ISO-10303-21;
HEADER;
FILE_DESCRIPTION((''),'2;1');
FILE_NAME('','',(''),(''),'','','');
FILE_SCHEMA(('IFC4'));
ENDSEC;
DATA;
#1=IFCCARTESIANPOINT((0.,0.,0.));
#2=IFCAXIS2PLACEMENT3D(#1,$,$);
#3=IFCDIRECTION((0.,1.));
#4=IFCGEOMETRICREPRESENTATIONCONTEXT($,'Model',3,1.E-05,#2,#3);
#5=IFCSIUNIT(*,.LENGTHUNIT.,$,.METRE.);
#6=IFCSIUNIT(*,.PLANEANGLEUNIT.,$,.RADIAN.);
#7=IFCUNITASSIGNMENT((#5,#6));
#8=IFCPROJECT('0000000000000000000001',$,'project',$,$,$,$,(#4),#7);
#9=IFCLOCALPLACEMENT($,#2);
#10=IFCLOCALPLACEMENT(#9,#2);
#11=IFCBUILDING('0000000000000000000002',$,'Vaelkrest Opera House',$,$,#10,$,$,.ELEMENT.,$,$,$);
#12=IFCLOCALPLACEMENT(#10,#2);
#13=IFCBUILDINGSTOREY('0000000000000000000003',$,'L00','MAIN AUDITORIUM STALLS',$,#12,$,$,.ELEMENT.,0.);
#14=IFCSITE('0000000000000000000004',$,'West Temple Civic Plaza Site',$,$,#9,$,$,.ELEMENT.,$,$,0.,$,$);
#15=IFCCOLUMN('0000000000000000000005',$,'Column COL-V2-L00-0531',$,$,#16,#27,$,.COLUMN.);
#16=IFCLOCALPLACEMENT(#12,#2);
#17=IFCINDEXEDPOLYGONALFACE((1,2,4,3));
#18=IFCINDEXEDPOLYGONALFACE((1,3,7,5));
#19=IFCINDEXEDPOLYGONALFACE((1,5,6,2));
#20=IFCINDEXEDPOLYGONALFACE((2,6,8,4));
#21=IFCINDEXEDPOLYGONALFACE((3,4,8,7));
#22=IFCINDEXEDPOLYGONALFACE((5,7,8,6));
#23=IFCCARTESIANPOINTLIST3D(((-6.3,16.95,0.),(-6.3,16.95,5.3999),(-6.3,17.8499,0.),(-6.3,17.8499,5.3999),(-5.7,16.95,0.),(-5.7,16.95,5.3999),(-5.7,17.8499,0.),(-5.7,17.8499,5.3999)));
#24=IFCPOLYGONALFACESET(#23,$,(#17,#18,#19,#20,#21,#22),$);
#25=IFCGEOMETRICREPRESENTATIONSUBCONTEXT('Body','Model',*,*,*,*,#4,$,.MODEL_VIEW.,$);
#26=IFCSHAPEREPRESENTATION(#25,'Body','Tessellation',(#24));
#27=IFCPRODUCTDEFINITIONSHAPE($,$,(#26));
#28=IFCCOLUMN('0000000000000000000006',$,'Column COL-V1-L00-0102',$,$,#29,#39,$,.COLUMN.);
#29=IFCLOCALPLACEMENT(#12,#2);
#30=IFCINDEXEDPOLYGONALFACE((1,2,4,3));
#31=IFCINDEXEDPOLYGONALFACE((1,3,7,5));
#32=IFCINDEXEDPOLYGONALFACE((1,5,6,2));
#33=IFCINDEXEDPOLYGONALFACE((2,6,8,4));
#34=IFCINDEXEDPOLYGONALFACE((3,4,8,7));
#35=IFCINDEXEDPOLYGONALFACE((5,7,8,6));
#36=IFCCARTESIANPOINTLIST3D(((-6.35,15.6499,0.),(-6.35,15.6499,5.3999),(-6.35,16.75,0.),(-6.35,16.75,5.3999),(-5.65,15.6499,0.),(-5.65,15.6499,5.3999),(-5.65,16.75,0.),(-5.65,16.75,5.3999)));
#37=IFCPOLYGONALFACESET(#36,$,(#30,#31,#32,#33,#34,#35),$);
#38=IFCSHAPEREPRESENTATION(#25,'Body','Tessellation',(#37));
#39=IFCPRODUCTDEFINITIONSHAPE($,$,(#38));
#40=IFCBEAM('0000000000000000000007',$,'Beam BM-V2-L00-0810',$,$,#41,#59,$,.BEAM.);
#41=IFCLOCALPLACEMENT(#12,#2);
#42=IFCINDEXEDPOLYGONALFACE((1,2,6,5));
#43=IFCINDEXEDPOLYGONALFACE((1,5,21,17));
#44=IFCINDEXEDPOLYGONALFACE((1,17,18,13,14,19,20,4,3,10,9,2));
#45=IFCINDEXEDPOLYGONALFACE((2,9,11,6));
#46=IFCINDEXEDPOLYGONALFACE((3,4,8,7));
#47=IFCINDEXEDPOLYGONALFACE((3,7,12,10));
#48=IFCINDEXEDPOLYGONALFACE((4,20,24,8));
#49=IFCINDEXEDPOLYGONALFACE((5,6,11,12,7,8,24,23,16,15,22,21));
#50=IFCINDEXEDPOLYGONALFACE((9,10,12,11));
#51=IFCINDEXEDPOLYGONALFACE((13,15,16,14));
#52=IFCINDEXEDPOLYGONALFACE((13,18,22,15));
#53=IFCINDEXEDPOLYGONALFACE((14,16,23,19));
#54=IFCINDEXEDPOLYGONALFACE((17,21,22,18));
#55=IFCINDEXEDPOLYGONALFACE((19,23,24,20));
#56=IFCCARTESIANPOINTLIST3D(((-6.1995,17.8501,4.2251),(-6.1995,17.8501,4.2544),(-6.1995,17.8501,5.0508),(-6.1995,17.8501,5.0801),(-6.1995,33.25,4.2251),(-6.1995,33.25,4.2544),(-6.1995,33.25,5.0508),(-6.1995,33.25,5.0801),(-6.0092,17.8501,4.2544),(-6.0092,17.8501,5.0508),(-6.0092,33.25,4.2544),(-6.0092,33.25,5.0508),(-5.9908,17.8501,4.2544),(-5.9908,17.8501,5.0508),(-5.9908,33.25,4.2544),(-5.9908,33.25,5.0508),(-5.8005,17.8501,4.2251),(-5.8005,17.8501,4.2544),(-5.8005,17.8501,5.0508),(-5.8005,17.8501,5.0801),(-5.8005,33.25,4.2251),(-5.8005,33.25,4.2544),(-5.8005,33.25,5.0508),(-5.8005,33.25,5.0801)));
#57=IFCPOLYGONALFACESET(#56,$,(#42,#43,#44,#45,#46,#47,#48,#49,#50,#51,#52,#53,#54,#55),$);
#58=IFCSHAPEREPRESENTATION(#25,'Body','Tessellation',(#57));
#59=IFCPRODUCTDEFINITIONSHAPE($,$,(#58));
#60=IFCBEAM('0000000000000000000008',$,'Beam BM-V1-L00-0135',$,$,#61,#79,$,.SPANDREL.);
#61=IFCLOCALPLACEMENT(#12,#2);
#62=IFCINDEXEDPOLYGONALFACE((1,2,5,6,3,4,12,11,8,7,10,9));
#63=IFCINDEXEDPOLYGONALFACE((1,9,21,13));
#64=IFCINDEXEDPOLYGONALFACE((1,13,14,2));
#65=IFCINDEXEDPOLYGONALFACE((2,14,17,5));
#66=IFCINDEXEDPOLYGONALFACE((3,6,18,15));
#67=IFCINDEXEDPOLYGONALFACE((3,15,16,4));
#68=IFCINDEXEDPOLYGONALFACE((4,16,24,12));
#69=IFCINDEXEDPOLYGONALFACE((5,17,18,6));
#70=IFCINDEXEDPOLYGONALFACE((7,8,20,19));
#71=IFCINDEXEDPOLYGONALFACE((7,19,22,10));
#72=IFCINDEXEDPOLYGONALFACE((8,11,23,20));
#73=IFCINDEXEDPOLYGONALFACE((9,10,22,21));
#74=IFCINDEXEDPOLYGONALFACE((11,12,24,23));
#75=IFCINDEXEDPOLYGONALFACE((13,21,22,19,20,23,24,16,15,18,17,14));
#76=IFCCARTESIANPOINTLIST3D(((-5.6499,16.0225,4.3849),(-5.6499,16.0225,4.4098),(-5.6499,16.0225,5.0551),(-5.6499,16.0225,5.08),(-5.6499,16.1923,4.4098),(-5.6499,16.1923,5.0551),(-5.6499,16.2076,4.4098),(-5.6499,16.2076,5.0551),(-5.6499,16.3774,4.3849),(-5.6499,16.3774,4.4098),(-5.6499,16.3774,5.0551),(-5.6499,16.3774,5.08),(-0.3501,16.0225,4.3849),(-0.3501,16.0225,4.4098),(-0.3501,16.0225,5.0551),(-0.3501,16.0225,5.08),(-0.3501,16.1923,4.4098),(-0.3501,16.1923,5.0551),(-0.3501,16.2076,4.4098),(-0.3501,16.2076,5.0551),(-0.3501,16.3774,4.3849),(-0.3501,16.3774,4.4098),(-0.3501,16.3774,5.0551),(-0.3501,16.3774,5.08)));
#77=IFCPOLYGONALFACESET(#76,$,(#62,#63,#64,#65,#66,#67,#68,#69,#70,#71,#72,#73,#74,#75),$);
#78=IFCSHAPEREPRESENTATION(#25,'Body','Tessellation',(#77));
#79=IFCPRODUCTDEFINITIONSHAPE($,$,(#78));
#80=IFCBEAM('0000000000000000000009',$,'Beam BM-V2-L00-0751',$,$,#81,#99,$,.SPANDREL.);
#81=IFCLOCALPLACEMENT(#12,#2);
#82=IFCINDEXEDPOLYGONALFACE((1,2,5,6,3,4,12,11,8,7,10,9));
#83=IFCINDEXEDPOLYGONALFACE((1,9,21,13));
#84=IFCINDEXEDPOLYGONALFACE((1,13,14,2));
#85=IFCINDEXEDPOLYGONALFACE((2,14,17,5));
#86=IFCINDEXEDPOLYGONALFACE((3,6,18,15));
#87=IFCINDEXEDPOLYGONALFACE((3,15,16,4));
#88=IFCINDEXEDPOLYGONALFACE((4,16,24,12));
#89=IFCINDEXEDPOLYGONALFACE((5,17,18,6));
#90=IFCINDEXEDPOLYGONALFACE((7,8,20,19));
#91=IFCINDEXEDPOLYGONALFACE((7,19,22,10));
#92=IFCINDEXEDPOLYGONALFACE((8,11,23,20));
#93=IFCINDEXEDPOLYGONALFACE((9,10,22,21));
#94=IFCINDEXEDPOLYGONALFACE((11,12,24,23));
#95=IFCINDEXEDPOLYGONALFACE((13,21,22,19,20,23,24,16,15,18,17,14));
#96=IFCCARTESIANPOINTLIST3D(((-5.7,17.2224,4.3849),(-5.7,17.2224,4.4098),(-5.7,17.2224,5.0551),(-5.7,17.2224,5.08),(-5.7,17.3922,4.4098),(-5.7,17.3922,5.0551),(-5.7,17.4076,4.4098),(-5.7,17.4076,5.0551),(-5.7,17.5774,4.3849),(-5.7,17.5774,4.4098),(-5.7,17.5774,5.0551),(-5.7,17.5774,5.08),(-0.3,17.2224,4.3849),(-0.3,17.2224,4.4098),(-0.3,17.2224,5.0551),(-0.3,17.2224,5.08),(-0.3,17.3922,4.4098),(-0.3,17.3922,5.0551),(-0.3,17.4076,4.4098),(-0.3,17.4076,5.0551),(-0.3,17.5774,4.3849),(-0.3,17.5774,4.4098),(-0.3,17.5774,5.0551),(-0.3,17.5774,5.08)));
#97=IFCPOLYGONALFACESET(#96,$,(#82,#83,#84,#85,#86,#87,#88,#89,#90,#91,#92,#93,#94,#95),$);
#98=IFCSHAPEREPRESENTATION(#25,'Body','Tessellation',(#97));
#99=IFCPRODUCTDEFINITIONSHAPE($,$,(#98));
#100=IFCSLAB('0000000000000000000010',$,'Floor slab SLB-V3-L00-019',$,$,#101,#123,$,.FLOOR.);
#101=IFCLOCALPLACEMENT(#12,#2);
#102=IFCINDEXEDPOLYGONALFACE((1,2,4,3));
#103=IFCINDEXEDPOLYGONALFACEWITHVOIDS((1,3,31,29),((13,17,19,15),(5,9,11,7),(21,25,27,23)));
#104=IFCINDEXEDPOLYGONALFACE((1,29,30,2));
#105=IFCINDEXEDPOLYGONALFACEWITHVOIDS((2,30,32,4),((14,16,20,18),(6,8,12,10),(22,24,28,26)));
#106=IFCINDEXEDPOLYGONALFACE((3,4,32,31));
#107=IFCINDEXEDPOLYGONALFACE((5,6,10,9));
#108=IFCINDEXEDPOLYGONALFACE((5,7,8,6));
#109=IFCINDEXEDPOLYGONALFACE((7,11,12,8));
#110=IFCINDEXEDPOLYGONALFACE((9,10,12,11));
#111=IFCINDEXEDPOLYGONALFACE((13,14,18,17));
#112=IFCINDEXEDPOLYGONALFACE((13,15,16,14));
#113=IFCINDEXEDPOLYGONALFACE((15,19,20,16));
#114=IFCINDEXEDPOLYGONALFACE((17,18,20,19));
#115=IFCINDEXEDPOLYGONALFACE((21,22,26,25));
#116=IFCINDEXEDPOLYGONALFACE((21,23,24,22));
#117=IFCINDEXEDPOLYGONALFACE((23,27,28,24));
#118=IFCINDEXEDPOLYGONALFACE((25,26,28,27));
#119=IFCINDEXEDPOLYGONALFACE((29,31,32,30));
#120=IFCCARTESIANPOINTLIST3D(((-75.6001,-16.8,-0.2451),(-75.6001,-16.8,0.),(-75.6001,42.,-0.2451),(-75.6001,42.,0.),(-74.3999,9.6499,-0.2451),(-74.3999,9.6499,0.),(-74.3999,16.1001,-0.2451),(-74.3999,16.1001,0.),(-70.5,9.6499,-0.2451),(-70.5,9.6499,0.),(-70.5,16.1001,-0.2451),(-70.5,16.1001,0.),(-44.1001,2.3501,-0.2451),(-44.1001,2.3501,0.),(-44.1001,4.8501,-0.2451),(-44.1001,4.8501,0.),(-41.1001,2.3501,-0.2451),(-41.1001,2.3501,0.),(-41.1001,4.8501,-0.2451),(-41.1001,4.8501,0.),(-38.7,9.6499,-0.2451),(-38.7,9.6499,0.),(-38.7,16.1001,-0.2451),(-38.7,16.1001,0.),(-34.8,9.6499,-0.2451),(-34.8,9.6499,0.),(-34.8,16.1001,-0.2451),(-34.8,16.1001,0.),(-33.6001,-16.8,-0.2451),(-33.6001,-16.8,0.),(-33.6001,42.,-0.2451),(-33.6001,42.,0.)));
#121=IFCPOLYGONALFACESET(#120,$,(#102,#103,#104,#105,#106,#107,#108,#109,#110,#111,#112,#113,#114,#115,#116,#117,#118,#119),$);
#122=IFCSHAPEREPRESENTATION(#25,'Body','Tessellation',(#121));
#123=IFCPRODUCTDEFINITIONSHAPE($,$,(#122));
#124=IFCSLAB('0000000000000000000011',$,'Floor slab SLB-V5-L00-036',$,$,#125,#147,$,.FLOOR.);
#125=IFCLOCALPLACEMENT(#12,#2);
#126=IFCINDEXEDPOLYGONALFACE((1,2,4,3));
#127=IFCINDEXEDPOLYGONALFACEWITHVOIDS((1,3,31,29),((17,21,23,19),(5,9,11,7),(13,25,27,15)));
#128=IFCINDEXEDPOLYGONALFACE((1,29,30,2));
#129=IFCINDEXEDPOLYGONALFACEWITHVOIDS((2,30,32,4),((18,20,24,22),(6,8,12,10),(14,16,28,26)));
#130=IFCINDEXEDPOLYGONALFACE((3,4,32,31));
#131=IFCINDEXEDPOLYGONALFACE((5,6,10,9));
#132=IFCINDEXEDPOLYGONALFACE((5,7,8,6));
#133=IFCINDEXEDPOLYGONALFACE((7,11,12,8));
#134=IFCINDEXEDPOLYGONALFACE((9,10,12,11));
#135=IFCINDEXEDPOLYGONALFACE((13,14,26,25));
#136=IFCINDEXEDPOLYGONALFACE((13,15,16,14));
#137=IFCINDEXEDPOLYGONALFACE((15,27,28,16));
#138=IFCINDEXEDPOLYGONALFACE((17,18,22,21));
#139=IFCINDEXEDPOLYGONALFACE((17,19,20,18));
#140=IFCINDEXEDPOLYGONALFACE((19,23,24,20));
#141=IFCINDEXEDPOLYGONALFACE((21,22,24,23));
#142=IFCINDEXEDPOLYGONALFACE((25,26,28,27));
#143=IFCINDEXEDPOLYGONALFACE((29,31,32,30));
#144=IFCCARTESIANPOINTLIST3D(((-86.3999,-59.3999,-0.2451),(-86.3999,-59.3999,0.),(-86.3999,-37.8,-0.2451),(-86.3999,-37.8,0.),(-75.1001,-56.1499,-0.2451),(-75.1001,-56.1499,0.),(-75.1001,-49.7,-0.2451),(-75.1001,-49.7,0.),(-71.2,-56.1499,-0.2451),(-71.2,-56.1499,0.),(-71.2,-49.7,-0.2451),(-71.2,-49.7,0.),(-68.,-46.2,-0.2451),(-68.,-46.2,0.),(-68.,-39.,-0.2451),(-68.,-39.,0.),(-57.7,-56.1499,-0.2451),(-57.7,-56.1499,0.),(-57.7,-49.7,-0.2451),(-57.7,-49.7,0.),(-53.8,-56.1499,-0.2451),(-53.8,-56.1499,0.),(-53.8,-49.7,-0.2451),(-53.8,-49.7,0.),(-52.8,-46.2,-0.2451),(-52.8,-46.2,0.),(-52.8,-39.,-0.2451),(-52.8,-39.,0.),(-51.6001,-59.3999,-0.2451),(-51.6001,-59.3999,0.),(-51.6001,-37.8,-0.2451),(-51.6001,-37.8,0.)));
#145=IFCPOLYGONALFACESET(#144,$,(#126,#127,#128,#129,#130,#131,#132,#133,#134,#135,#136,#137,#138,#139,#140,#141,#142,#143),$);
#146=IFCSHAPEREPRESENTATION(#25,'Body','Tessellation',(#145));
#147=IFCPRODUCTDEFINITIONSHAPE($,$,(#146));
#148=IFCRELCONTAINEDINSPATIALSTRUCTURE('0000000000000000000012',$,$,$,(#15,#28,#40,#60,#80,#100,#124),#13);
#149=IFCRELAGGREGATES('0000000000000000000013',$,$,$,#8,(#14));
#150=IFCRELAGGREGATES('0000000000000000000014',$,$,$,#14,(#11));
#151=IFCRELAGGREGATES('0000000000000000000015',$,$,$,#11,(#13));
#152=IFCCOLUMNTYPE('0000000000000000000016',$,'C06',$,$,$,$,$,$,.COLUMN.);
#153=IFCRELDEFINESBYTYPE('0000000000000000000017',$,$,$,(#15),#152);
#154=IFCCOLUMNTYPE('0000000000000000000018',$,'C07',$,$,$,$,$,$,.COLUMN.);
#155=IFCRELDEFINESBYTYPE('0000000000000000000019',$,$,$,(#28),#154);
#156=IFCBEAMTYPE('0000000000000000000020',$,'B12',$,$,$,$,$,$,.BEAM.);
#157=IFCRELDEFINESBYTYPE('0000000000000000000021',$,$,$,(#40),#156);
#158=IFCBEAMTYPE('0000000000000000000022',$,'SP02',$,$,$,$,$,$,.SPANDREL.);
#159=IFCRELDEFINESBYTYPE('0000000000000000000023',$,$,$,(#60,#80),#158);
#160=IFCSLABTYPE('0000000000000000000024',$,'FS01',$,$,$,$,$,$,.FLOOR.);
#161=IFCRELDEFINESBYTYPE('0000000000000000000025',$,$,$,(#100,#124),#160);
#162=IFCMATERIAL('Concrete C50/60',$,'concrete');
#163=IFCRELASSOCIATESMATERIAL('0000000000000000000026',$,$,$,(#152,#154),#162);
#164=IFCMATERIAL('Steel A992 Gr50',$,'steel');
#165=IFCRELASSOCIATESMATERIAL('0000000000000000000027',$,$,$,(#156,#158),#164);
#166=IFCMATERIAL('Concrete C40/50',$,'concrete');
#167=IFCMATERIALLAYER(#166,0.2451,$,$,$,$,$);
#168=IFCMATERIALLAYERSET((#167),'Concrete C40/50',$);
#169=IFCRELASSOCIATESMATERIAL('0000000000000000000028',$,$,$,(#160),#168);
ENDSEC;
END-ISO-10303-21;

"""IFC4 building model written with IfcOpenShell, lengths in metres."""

from ifc_helpers import new_model, si_unit, direction, frame, origin, origin_2d, place, context, subcontext, project, spatial, polyline, rectangle, i_section, outline, extrude, material, layer, layer_set, material_profile, profile_set, type_object, element, save


model = new_model("IFC4")

# Units and contexts
model_context = context("Model", 3, precision=1e-05, world=origin(), true_north=direction((0.0, 1.0)))
body_context = subcontext(model_context, "Body", "Model", "MODEL_VIEW")
ifc_project = project(units=[si_unit("LENGTHUNIT", "METRE"), si_unit("PLANEANGLEUNIT", "RADIAN")], contexts=[model_context])

# Site, building, storey
site_placement = place(None, origin())
site = spatial("IfcSite", under=ifc_project, at=site_placement, Name="West Temple Civic Plaza Site", CompositionType="ELEMENT", RefElevation=0.0)
building_placement = place(site_placement, origin())
building = spatial("IfcBuilding", under=site, at=building_placement, Name="Vaelkrest Opera House", CompositionType="ELEMENT")
storey_placement = place(building_placement, origin())
storey = spatial("IfcBuildingStorey", under=building, at=storey_placement, Name="L00", Description="MAIN AUDITORIUM STALLS", CompositionType="ELEMENT", Elevation=0.0)

# Columns
ifc_material_1 = material(Name="Concrete C50/60", Category="concrete")
ifc_material_profile_1 = material_profile(ifc_material_1, rectangle(XDim=0.6001, YDim=0.8999, at=origin_2d()), Name="RC600X900")
ifc_profile_set_1 = profile_set([ifc_material_profile_1], Name="Concrete C50/60")
column_type_1 = type_object("IfcColumnType", Name="C06", PredefinedType="COLUMN", material=ifc_profile_set_1)
column_1_placement = place(storey_placement, frame((-6.0, 17.3999, 0.0), z_axis=(0.0, 0.0, 1.0), x_axis=(1.0, 0.0, 0.0)))
element("IfcColumn", 1, at=column_1_placement, inside=storey, type_object=column_type_1, Name="Column COL-V2-L00-0531", PredefinedType="COLUMN", context=body_context, shape_type="SweptSolid", body=[
    extrude(rectangle(XDim=0.6001, YDim=0.8999, at=origin_2d()), origin(), (0.0, 0.0, 1.0), 5.3999),
])
ifc_material_profile_2 = material_profile(ifc_material_1, rectangle(XDim=0.7, YDim=1.1001, at=origin_2d()), Name="RC700X1100")
ifc_profile_set_2 = profile_set([ifc_material_profile_2], Name="Concrete C50/60")
column_type_2 = type_object("IfcColumnType", Name="C07", PredefinedType="COLUMN", material=ifc_profile_set_2)
column_2_placement = place(storey_placement, frame((-6.0, 16.2, 0.0), z_axis=(0.0, 0.0, 1.0), x_axis=(1.0, 0.0, 0.0)))
element("IfcColumn", 2, at=column_2_placement, inside=storey, type_object=column_type_2, Name="Column COL-V1-L00-0102", PredefinedType="COLUMN", context=body_context, shape_type="SweptSolid", body=[
    extrude(rectangle(XDim=0.7, YDim=1.1001, at=origin_2d()), origin(), (0.0, 0.0, 1.0), 5.3999),
])

# Beams
ifc_material_2 = material(Name="Steel A992 Gr50", Category="steel")
ifc_material_profile_3 = material_profile(ifc_material_2, i_section(OverallWidth=0.3989, OverallDepth=0.855, WebThickness=0.0183, FlangeThickness=0.0293, at=origin_2d()), Name="W33X201")
ifc_profile_set_3 = profile_set([ifc_material_profile_3], Name="Steel A992 Gr50")
beam_type_1 = type_object("IfcBeamType", Name="B12", PredefinedType="BEAM", material=ifc_profile_set_3)
beam_1_placement = place(storey_placement, frame((-6.0, 17.8501, 4.6526), z_axis=(0.0, 1.0, 0.0), x_axis=(-1.0, 0.0, 0.0)))
element("IfcBeam", 3, at=beam_1_placement, inside=storey, type_object=beam_type_1, Name="Beam BM-V2-L00-0810", PredefinedType="BEAM", context=body_context, shape_type="SweptSolid", body=[
    extrude(i_section(OverallWidth=0.3989, OverallDepth=0.855, WebThickness=0.0183, FlangeThickness=0.0293, at=origin_2d()), origin(), (0.0, 0.0, 1.0), 15.3999),
])
ifc_material_profile_4 = material_profile(ifc_material_2, i_section(OverallWidth=0.355, OverallDepth=0.6951, WebThickness=0.0154, FlangeThickness=0.0249, at=origin_2d()), Name="W27X146")
ifc_profile_set_4 = profile_set([ifc_material_profile_4], Name="Steel A992 Gr50")
beam_type_2 = type_object("IfcBeamType", Name="SP02", PredefinedType="SPANDREL", material=ifc_profile_set_4)
beam_2_placement = place(storey_placement, frame((-5.6499, 16.2, 4.7324), z_axis=(1.0, 0.0, 0.0), x_axis=(0.0, 1.0, 0.0)))
element("IfcBeam", 4, at=beam_2_placement, inside=storey, type_object=beam_type_2, Name="Beam BM-V1-L00-0135", PredefinedType="SPANDREL", context=body_context, shape_type="SweptSolid", body=[
    extrude(i_section(OverallWidth=0.355, OverallDepth=0.6951, WebThickness=0.0154, FlangeThickness=0.0249, at=origin_2d()), origin(), (0.0, 0.0, 1.0), 5.2998),
])
beam_3_placement = place(storey_placement, frame((-5.7, 17.3999, 4.7324), z_axis=(1.0, 0.0, 0.0), x_axis=(0.0, 1.0, 0.0)))
element("IfcBeam", 5, at=beam_3_placement, inside=storey, type_object=beam_type_2, Name="Beam BM-V2-L00-0751", PredefinedType="SPANDREL", context=body_context, shape_type="SweptSolid", body=[
    extrude(i_section(OverallWidth=0.355, OverallDepth=0.6951, WebThickness=0.0154, FlangeThickness=0.0249, at=origin_2d()), origin(), (0.0, 0.0, 1.0), 5.3999),
])

# Slabs
ifc_material_3 = material(Name="Concrete C40/50", Category="concrete")
ifc_layer_1 = layer(ifc_material_3, 0.2451)
ifc_layer_set_1 = layer_set([ifc_layer_1], Name="Concrete C40/50")
slab_type_1 = type_object("IfcSlabType", Name="FS01", PredefinedType="FLOOR", material=ifc_layer_set_1)
slab_1_placement = place(storey_placement, frame((0.0, 0.0, -0.2451)))
element("IfcSlab", 6, at=slab_1_placement, inside=storey, type_object=slab_type_1, Name="Floor slab SLB-V3-L00-019", PredefinedType="FLOOR", context=body_context, shape_type="SweptSolid", body=[
    extrude(outline(polyline([(-75.6001, -16.8), (-33.6001, -16.8), (-33.6001, 42.0), (-75.6001, 42.0), (-75.6001, -16.8)]), holes=[polyline([(-70.5, 9.6499), (-70.5, 16.1001), (-74.3999, 16.1001), (-74.3999, 9.6499), (-70.5, 9.6499)]), polyline([(-34.8, 9.6499), (-34.8, 16.1001), (-38.7, 16.1001), (-38.7, 9.6499), (-34.8, 9.6499)]), polyline([(-44.1001, 2.3501), (-41.1001, 2.3501), (-41.1001, 4.8501), (-44.1001, 4.8501), (-44.1001, 2.3501)])]), origin(), (0.0, 0.0, 1.0), 0.2451),
])
slab_2_placement = place(storey_placement, frame((0.0, 0.0, -0.2451)))
element("IfcSlab", 7, at=slab_2_placement, inside=storey, type_object=slab_type_1, Name="Floor slab SLB-V5-L00-036", PredefinedType="FLOOR", context=body_context, shape_type="SweptSolid", body=[
    extrude(outline(polyline([(-86.3999, -59.3999), (-51.6001, -59.3999), (-51.6001, -37.8), (-86.3999, -37.8), (-86.3999, -59.3999)]), holes=[polyline([(-68.0, -46.2), (-52.8, -46.2), (-52.8, -39.0), (-68.0, -39.0), (-68.0, -46.2)]), polyline([(-71.2, -56.1499), (-71.2, -49.7), (-75.1001, -49.7), (-75.1001, -56.1499), (-71.2, -56.1499)]), polyline([(-53.8, -56.1499), (-53.8, -49.7), (-57.7, -49.7), (-57.7, -56.1499), (-53.8, -56.1499)])]), origin(), (0.0, 0.0, 1.0), 0.2451),
])

save(model, "model.ifc")
